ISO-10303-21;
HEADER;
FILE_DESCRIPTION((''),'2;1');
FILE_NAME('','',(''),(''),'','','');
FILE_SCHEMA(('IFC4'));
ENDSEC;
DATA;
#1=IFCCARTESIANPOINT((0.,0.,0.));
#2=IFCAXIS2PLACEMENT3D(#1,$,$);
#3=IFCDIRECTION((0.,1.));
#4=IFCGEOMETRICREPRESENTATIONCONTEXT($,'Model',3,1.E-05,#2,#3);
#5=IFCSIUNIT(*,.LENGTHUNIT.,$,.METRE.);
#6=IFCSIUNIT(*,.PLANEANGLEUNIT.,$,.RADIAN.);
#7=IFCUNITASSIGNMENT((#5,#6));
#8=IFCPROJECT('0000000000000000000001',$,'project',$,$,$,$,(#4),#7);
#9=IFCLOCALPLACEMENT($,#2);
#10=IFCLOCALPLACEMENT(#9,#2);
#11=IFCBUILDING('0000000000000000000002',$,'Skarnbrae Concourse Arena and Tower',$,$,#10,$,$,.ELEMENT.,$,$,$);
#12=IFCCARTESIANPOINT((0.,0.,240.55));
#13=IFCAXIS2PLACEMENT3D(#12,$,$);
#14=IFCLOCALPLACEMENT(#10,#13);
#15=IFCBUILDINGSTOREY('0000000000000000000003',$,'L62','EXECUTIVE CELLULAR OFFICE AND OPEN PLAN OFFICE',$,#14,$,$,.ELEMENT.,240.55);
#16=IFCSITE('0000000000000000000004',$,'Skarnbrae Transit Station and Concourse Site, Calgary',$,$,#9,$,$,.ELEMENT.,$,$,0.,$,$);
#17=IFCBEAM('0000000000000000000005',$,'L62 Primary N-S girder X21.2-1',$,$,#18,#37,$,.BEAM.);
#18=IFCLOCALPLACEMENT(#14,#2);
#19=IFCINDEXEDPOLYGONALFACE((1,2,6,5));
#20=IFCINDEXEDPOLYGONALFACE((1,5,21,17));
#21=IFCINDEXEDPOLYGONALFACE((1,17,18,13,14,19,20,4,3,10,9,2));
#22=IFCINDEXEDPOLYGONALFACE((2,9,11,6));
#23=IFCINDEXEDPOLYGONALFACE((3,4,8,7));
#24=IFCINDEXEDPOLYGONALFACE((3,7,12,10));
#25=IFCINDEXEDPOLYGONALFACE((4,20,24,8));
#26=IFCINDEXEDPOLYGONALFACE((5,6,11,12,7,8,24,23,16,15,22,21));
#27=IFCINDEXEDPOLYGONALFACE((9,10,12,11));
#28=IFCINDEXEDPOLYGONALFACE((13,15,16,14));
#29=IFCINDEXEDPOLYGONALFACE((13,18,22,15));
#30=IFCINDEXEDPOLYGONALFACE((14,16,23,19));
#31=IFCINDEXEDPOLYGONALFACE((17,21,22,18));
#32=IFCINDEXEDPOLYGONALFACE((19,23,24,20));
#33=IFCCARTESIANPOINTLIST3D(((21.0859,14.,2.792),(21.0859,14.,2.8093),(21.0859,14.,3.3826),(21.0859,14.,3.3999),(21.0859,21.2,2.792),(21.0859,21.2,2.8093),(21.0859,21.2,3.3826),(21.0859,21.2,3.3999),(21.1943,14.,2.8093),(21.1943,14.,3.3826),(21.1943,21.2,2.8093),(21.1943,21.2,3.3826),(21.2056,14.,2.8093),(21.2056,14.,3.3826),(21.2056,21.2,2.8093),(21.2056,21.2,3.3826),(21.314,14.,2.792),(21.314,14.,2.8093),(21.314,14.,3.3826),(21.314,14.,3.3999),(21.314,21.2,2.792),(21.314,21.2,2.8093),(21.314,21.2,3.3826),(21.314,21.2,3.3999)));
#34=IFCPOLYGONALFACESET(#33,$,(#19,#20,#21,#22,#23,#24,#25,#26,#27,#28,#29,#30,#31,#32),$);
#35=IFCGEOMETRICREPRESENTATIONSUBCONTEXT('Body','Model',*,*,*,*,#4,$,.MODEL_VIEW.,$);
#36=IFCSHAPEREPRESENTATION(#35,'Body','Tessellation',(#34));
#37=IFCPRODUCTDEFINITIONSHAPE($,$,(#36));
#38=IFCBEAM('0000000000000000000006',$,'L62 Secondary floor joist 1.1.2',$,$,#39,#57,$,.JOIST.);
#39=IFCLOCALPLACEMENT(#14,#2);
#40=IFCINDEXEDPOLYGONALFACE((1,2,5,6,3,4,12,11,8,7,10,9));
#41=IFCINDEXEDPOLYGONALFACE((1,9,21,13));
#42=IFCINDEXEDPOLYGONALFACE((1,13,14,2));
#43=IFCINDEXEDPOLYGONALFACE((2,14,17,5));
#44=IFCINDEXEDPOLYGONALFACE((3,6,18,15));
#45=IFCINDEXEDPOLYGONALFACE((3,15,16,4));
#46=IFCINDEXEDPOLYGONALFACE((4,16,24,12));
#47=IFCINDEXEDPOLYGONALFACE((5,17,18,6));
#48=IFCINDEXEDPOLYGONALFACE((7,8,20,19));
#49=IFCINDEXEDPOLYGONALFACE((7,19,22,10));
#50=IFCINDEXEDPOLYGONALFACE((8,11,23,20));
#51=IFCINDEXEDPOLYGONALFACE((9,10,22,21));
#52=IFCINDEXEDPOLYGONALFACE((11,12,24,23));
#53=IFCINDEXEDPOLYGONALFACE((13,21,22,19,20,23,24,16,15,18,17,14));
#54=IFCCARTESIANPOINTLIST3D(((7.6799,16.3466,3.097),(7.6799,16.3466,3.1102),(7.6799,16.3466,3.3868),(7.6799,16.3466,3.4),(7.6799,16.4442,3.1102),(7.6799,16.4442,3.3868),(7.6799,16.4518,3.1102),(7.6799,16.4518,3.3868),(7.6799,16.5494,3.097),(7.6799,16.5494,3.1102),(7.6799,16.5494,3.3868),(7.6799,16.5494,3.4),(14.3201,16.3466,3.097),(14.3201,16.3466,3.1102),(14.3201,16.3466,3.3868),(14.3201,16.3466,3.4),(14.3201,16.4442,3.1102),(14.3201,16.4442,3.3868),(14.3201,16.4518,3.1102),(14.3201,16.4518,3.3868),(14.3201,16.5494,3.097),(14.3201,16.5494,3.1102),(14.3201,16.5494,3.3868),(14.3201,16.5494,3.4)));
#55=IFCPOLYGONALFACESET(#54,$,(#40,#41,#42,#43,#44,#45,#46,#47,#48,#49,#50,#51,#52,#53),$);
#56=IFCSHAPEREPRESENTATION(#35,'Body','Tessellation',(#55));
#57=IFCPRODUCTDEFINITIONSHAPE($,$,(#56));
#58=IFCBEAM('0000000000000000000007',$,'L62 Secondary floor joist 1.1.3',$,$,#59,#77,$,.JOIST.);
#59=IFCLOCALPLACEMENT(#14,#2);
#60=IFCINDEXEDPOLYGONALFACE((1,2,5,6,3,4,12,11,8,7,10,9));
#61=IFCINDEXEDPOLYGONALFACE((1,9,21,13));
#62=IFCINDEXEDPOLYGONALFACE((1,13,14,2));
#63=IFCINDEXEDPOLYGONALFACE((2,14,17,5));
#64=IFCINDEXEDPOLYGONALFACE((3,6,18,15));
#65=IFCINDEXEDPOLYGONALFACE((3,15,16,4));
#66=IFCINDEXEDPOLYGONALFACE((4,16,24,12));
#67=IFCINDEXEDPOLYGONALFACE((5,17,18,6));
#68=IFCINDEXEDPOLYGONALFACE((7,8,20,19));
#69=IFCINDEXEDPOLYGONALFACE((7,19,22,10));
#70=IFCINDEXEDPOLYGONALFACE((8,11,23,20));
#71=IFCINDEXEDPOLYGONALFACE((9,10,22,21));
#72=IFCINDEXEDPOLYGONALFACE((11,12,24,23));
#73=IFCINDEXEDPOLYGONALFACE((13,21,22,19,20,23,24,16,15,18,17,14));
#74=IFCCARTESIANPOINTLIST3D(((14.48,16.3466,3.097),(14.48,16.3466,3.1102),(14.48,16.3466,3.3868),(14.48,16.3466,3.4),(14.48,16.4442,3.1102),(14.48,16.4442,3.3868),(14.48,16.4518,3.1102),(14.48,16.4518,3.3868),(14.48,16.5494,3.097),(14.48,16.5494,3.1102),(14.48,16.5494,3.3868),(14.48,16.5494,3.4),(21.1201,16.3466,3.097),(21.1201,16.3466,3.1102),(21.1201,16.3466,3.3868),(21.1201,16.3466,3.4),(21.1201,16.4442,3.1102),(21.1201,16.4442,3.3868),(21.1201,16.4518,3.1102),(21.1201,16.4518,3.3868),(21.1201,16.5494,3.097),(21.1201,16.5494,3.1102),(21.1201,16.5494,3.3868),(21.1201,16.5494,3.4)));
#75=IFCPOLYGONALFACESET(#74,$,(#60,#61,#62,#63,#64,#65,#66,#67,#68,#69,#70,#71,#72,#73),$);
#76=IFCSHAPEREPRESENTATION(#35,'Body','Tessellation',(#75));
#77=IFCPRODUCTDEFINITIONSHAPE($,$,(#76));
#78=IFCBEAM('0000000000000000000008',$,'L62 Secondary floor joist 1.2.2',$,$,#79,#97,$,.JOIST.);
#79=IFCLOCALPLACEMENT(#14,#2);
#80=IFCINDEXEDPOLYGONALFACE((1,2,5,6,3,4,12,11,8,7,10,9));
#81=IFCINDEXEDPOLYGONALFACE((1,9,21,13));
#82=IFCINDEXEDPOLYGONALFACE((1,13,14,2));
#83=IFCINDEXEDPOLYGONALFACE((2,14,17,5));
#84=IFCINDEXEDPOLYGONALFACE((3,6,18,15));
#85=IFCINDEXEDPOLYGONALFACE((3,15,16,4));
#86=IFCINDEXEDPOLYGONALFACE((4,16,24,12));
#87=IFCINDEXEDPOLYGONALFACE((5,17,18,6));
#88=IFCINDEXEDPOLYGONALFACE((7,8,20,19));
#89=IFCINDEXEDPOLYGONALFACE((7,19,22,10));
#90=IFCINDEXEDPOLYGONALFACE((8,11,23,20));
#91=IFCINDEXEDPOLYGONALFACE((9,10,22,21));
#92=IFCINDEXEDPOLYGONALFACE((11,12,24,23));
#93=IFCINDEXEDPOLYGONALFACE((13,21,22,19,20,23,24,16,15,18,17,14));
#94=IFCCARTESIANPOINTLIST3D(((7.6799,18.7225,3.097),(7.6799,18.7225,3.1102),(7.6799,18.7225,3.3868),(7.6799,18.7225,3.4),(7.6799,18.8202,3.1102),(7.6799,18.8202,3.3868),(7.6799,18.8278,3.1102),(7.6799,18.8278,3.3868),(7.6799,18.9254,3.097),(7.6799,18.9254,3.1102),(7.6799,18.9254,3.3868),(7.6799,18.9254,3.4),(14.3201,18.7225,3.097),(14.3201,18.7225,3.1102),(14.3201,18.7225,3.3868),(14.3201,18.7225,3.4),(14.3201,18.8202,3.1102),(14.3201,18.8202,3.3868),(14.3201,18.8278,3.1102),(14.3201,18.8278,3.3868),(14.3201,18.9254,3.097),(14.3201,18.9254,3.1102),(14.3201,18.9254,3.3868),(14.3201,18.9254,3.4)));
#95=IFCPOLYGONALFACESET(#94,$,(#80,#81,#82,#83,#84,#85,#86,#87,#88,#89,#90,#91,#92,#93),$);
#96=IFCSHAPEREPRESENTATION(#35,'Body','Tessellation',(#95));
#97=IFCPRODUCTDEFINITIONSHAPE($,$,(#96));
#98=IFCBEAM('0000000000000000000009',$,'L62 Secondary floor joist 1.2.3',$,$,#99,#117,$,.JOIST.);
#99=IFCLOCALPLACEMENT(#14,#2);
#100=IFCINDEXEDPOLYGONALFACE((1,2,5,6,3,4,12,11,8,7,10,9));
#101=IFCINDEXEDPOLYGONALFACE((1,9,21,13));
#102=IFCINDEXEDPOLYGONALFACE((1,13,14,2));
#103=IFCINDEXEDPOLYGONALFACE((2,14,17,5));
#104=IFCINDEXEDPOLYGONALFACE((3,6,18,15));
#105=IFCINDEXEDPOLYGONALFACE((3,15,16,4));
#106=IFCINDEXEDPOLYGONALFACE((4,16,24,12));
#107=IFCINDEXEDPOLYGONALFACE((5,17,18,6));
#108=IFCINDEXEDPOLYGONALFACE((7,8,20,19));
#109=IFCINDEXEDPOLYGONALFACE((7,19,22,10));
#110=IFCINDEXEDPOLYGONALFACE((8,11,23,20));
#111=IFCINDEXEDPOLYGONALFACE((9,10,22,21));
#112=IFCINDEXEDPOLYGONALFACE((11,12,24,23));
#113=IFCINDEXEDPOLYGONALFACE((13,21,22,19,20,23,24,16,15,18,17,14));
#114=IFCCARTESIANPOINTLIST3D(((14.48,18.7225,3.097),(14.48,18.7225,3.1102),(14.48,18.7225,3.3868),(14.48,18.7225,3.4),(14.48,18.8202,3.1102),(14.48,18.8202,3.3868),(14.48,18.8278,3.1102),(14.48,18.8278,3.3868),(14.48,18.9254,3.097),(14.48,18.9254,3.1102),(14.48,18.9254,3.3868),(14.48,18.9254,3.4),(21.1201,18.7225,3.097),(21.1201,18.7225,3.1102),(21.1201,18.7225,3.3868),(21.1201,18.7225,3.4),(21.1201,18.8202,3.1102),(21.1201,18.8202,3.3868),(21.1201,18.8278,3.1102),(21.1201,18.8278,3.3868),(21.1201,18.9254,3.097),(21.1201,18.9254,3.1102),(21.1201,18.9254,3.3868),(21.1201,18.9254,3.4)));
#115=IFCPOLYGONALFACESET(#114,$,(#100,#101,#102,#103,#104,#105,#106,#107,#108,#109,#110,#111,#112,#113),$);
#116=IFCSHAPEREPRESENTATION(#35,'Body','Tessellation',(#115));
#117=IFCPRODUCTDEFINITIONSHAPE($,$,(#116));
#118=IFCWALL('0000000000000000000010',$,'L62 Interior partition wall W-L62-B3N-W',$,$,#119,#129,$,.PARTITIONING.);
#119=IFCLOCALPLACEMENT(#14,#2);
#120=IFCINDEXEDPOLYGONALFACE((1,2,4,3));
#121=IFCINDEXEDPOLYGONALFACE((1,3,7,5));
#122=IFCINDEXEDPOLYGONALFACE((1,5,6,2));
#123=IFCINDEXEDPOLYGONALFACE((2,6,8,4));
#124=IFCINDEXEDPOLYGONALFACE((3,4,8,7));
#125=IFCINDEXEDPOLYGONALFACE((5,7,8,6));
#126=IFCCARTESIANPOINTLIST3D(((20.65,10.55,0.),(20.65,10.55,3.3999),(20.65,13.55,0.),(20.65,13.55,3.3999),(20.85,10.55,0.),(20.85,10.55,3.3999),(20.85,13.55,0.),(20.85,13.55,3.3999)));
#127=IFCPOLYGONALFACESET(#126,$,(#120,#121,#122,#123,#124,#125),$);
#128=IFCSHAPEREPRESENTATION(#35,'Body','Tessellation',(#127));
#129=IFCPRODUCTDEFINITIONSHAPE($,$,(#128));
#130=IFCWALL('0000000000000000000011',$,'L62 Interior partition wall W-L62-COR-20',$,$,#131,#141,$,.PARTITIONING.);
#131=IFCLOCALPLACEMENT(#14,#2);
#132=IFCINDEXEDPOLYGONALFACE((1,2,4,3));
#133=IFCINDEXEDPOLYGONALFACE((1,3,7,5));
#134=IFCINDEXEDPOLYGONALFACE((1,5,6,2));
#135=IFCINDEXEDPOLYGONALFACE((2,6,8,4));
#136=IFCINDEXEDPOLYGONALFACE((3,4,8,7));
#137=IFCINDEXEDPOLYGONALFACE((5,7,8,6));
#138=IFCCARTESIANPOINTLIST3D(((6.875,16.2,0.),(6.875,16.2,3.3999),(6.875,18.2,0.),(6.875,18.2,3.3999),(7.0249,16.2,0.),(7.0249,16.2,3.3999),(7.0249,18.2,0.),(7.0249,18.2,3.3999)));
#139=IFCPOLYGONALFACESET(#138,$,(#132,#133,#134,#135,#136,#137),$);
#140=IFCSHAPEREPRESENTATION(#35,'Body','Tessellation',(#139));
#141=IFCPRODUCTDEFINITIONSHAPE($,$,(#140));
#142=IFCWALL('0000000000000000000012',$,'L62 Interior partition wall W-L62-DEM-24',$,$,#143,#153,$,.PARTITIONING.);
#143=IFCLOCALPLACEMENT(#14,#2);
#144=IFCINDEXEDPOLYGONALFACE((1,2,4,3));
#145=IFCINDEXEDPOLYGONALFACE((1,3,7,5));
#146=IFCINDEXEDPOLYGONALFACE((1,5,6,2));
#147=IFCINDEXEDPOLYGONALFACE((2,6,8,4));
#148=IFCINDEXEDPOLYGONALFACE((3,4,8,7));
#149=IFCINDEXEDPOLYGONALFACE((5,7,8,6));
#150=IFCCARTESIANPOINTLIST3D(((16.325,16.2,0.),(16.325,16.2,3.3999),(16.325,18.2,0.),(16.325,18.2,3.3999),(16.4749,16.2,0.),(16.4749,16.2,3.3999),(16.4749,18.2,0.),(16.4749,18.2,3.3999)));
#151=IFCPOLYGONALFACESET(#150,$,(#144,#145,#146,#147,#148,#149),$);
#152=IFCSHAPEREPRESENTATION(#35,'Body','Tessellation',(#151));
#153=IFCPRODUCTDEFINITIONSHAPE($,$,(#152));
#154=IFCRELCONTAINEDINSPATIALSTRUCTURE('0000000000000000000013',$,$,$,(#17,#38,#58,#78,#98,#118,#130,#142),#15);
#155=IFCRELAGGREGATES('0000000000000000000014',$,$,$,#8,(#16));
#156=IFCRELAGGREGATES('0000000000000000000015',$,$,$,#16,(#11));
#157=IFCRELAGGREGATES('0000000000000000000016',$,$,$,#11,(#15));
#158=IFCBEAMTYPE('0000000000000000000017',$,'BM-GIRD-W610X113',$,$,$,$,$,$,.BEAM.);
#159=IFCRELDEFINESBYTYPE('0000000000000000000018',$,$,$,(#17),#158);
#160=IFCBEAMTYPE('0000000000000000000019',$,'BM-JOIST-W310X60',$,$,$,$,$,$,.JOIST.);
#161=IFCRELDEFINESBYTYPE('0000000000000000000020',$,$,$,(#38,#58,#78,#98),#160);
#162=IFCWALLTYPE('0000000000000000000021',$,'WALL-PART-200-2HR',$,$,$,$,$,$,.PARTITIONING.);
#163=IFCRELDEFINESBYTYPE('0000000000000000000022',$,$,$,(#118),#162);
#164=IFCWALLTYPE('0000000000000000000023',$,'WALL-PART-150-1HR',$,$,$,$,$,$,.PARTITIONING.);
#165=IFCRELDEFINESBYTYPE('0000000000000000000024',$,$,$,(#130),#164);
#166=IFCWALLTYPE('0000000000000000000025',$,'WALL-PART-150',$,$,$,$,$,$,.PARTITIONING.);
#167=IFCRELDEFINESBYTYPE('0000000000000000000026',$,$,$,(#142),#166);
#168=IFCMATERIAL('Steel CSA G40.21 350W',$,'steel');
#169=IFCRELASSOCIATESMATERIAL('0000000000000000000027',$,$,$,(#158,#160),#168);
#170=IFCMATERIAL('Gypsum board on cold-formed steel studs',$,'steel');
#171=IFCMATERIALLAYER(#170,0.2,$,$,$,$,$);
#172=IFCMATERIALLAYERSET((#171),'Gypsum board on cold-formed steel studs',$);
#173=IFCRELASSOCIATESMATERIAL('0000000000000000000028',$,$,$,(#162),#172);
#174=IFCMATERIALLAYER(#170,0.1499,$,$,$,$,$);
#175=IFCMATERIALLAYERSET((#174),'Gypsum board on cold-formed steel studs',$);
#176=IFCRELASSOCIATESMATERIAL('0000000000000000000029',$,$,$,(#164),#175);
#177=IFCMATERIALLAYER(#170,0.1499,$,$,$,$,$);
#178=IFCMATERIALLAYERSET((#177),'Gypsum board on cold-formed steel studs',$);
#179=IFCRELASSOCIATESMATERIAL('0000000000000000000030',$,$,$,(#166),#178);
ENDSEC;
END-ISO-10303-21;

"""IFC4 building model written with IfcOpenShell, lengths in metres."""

from ifc_helpers import new_model, si_unit, direction, frame, frame_2d, origin, origin_2d, place, context, subcontext, project, spatial, rectangle, i_section, extrude, source, transform, mapped, material, layer, layer_set, material_profile, profile_set, type_object, element, save


model = new_model("IFC4")

# Units and contexts
model_context = context("Model", 3, precision=1e-05, world=origin(), true_north=direction((0.0, 1.0)))
body_context = subcontext(model_context, "Body", "Model", "MODEL_VIEW")
ifc_project = project(units=[si_unit("LENGTHUNIT", "METRE"), si_unit("PLANEANGLEUNIT", "RADIAN")], contexts=[model_context])

# Site, building, storey
site_placement = place(None, origin())
site = spatial("IfcSite", under=ifc_project, at=site_placement, Name="Skarnbrae Transit Station and Concourse Site, Calgary", CompositionType="ELEMENT", RefElevation=0.0)
building_placement = place(site_placement, origin())
building = spatial("IfcBuilding", under=site, at=building_placement, Name="Skarnbrae Concourse Arena and Tower", CompositionType="ELEMENT")
storey_placement = place(building_placement, frame((0.0, 0.0, 240.55)))
storey = spatial("IfcBuildingStorey", under=building, at=storey_placement, Name="L62", Description="EXECUTIVE CELLULAR OFFICE AND OPEN PLAN OFFICE", CompositionType="ELEMENT", Elevation=240.55)

# Shared definitions
ifc_material_1 = material(Name="Steel CSA G40.21 350W", Category="steel")

# Beams
ifc_material_profile_1 = material_profile(ifc_material_1, i_section(OverallWidth=0.228, OverallDepth=0.6079, WebThickness=0.0112, FlangeThickness=0.0173, at=origin_2d()), Name="W610X113")
ifc_profile_set_1 = profile_set([ifc_material_profile_1], Name="Steel CSA G40.21 350W")
beam_type_1 = type_object("IfcBeamType", Name="BM-GIRD-W610X113", PredefinedType="BEAM", material=ifc_profile_set_1)
shared_shape_1 = source(origin(), body_context, "Body", "SweptSolid", [
    extrude(i_section(OverallWidth=0.228, OverallDepth=0.6079, WebThickness=0.0112, FlangeThickness=0.0173, at=origin_2d()), origin(), (0.0, 0.0, 1.0), 7.2),
])
for number, where, z_axis, x_axis, name in (
    (1, (21.2, 14.0, 3.0959), (0.0, 1.0, 0.0), (-1.0, 0.0, 0.0), "L62 Primary N-S girder X21.2-1"),
):
    element("IfcBeam", number, at=place(storey_placement, frame(where, z_axis=z_axis, x_axis=x_axis)), inside=storey, type_object=beam_type_1, Name=name, PredefinedType="BEAM", context=body_context, shape_type="MappedRepresentation", body=[
        mapped(shared_shape_1, transform((0.0, 0.0, 0.0))),
    ])
ifc_material_profile_2 = material_profile(ifc_material_1, i_section(OverallWidth=0.2029, OverallDepth=0.303, WebThickness=0.0076, FlangeThickness=0.0132, at=origin_2d()), Name="W310X60")
ifc_profile_set_2 = profile_set([ifc_material_profile_2], Name="Steel CSA G40.21 350W")
beam_type_2 = type_object("IfcBeamType", Name="BM-JOIST-W310X60", PredefinedType="JOIST", material=ifc_profile_set_2)
shared_shape_2 = source(origin(), body_context, "Body", "SweptSolid", [
    extrude(i_section(OverallWidth=0.2029, OverallDepth=0.303, WebThickness=0.0076, FlangeThickness=0.0132, at=origin_2d()), origin(), (0.0, 0.0, 1.0), 6.6401),
])
for number, where, z_axis, x_axis, name in (
    (2, (7.6799, 16.448, 3.2485), (1.0, 0.0, 0.0), (0.0, 1.0, 0.0), "L62 Secondary floor joist 1.1.2"),
    (3, (14.48, 16.448, 3.2485), (1.0, 0.0, 0.0), (0.0, 1.0, 0.0), "L62 Secondary floor joist 1.1.3"),
    (4, (7.6799, 18.824, 3.2485), (1.0, 0.0, 0.0), (0.0, 1.0, 0.0), "L62 Secondary floor joist 1.2.2"),
    (5, (14.48, 18.824, 3.2485), (1.0, 0.0, 0.0), (0.0, 1.0, 0.0), "L62 Secondary floor joist 1.2.3"),
):
    element("IfcBeam", number, at=place(storey_placement, frame(where, z_axis=z_axis, x_axis=x_axis)), inside=storey, type_object=beam_type_2, Name=name, PredefinedType="JOIST", context=body_context, shape_type="MappedRepresentation", body=[
        mapped(shared_shape_2, transform((0.0, 0.0, 0.0))),
    ])

# Walls
ifc_material_2 = material(Name="Gypsum board on cold-formed steel studs", Category="steel")
ifc_layer_1 = layer(ifc_material_2, 0.2)
ifc_layer_set_1 = layer_set([ifc_layer_1], Name="Gypsum board on cold-formed steel studs")
wall_type_1 = type_object("IfcWallType", Name="WALL-PART-200-2HR", PredefinedType="PARTITIONING", material=ifc_layer_set_1)
shared_shape_3 = source(origin(), body_context, "Body", "SweptSolid", [
    extrude(rectangle(XDim=3.0, YDim=0.2, at=frame_2d((1.5, 0.0))), origin(), (0.0, 0.0, 1.0), 3.3999),
])
wall_1_placement = place(storey_placement, frame((20.75, 10.55, 0.0), z_axis=(0.0, 0.0, 1.0), x_axis=(0.0, 1.0, 0.0)))
element("IfcWall", 6, at=wall_1_placement, inside=storey, type_object=wall_type_1, Name="L62 Interior partition wall W-L62-B3N-W", PredefinedType="PARTITIONING", context=body_context, shape_type="MappedRepresentation", body=[
    mapped(shared_shape_3, transform((0.0, 0.0, 0.0))),
])
ifc_layer_2 = layer(ifc_material_2, 0.1499)
ifc_layer_set_2 = layer_set([ifc_layer_2], Name="Gypsum board on cold-formed steel studs")
wall_type_2 = type_object("IfcWallType", Name="WALL-PART-150-1HR", PredefinedType="PARTITIONING", material=ifc_layer_set_2)
shared_shape_4 = source(origin(), body_context, "Body", "SweptSolid", [
    extrude(rectangle(XDim=2.0, YDim=0.1499, at=frame_2d((1.0, 0.0))), origin(), (0.0, 0.0, 1.0), 3.3999),
])
wall_2_placement = place(storey_placement, frame((6.95, 18.2, 0.0), z_axis=(0.0, 0.0, 1.0), x_axis=(0.0, -1.0, 0.0)))
element("IfcWall", 7, at=wall_2_placement, inside=storey, type_object=wall_type_2, Name="L62 Interior partition wall W-L62-COR-20", PredefinedType="PARTITIONING", context=body_context, shape_type="MappedRepresentation", body=[
    mapped(shared_shape_4, transform((0.0, 0.0, 0.0))),
])
ifc_layer_3 = layer(ifc_material_2, 0.1499)
ifc_layer_set_3 = layer_set([ifc_layer_3], Name="Gypsum board on cold-formed steel studs")
wall_type_3 = type_object("IfcWallType", Name="WALL-PART-150", PredefinedType="PARTITIONING", material=ifc_layer_set_3)
wall_3_placement = place(storey_placement, frame((16.3999, 18.2, 0.0), z_axis=(0.0, 0.0, 1.0), x_axis=(0.0, -1.0, 0.0)))
element("IfcWall", 8, at=wall_3_placement, inside=storey, type_object=wall_type_3, Name="L62 Interior partition wall W-L62-DEM-24", PredefinedType="PARTITIONING", context=body_context, shape_type="MappedRepresentation", body=[
    mapped(shared_shape_4, transform((0.0, 0.0, 0.0))),
])

save(model, "model.ifc")
